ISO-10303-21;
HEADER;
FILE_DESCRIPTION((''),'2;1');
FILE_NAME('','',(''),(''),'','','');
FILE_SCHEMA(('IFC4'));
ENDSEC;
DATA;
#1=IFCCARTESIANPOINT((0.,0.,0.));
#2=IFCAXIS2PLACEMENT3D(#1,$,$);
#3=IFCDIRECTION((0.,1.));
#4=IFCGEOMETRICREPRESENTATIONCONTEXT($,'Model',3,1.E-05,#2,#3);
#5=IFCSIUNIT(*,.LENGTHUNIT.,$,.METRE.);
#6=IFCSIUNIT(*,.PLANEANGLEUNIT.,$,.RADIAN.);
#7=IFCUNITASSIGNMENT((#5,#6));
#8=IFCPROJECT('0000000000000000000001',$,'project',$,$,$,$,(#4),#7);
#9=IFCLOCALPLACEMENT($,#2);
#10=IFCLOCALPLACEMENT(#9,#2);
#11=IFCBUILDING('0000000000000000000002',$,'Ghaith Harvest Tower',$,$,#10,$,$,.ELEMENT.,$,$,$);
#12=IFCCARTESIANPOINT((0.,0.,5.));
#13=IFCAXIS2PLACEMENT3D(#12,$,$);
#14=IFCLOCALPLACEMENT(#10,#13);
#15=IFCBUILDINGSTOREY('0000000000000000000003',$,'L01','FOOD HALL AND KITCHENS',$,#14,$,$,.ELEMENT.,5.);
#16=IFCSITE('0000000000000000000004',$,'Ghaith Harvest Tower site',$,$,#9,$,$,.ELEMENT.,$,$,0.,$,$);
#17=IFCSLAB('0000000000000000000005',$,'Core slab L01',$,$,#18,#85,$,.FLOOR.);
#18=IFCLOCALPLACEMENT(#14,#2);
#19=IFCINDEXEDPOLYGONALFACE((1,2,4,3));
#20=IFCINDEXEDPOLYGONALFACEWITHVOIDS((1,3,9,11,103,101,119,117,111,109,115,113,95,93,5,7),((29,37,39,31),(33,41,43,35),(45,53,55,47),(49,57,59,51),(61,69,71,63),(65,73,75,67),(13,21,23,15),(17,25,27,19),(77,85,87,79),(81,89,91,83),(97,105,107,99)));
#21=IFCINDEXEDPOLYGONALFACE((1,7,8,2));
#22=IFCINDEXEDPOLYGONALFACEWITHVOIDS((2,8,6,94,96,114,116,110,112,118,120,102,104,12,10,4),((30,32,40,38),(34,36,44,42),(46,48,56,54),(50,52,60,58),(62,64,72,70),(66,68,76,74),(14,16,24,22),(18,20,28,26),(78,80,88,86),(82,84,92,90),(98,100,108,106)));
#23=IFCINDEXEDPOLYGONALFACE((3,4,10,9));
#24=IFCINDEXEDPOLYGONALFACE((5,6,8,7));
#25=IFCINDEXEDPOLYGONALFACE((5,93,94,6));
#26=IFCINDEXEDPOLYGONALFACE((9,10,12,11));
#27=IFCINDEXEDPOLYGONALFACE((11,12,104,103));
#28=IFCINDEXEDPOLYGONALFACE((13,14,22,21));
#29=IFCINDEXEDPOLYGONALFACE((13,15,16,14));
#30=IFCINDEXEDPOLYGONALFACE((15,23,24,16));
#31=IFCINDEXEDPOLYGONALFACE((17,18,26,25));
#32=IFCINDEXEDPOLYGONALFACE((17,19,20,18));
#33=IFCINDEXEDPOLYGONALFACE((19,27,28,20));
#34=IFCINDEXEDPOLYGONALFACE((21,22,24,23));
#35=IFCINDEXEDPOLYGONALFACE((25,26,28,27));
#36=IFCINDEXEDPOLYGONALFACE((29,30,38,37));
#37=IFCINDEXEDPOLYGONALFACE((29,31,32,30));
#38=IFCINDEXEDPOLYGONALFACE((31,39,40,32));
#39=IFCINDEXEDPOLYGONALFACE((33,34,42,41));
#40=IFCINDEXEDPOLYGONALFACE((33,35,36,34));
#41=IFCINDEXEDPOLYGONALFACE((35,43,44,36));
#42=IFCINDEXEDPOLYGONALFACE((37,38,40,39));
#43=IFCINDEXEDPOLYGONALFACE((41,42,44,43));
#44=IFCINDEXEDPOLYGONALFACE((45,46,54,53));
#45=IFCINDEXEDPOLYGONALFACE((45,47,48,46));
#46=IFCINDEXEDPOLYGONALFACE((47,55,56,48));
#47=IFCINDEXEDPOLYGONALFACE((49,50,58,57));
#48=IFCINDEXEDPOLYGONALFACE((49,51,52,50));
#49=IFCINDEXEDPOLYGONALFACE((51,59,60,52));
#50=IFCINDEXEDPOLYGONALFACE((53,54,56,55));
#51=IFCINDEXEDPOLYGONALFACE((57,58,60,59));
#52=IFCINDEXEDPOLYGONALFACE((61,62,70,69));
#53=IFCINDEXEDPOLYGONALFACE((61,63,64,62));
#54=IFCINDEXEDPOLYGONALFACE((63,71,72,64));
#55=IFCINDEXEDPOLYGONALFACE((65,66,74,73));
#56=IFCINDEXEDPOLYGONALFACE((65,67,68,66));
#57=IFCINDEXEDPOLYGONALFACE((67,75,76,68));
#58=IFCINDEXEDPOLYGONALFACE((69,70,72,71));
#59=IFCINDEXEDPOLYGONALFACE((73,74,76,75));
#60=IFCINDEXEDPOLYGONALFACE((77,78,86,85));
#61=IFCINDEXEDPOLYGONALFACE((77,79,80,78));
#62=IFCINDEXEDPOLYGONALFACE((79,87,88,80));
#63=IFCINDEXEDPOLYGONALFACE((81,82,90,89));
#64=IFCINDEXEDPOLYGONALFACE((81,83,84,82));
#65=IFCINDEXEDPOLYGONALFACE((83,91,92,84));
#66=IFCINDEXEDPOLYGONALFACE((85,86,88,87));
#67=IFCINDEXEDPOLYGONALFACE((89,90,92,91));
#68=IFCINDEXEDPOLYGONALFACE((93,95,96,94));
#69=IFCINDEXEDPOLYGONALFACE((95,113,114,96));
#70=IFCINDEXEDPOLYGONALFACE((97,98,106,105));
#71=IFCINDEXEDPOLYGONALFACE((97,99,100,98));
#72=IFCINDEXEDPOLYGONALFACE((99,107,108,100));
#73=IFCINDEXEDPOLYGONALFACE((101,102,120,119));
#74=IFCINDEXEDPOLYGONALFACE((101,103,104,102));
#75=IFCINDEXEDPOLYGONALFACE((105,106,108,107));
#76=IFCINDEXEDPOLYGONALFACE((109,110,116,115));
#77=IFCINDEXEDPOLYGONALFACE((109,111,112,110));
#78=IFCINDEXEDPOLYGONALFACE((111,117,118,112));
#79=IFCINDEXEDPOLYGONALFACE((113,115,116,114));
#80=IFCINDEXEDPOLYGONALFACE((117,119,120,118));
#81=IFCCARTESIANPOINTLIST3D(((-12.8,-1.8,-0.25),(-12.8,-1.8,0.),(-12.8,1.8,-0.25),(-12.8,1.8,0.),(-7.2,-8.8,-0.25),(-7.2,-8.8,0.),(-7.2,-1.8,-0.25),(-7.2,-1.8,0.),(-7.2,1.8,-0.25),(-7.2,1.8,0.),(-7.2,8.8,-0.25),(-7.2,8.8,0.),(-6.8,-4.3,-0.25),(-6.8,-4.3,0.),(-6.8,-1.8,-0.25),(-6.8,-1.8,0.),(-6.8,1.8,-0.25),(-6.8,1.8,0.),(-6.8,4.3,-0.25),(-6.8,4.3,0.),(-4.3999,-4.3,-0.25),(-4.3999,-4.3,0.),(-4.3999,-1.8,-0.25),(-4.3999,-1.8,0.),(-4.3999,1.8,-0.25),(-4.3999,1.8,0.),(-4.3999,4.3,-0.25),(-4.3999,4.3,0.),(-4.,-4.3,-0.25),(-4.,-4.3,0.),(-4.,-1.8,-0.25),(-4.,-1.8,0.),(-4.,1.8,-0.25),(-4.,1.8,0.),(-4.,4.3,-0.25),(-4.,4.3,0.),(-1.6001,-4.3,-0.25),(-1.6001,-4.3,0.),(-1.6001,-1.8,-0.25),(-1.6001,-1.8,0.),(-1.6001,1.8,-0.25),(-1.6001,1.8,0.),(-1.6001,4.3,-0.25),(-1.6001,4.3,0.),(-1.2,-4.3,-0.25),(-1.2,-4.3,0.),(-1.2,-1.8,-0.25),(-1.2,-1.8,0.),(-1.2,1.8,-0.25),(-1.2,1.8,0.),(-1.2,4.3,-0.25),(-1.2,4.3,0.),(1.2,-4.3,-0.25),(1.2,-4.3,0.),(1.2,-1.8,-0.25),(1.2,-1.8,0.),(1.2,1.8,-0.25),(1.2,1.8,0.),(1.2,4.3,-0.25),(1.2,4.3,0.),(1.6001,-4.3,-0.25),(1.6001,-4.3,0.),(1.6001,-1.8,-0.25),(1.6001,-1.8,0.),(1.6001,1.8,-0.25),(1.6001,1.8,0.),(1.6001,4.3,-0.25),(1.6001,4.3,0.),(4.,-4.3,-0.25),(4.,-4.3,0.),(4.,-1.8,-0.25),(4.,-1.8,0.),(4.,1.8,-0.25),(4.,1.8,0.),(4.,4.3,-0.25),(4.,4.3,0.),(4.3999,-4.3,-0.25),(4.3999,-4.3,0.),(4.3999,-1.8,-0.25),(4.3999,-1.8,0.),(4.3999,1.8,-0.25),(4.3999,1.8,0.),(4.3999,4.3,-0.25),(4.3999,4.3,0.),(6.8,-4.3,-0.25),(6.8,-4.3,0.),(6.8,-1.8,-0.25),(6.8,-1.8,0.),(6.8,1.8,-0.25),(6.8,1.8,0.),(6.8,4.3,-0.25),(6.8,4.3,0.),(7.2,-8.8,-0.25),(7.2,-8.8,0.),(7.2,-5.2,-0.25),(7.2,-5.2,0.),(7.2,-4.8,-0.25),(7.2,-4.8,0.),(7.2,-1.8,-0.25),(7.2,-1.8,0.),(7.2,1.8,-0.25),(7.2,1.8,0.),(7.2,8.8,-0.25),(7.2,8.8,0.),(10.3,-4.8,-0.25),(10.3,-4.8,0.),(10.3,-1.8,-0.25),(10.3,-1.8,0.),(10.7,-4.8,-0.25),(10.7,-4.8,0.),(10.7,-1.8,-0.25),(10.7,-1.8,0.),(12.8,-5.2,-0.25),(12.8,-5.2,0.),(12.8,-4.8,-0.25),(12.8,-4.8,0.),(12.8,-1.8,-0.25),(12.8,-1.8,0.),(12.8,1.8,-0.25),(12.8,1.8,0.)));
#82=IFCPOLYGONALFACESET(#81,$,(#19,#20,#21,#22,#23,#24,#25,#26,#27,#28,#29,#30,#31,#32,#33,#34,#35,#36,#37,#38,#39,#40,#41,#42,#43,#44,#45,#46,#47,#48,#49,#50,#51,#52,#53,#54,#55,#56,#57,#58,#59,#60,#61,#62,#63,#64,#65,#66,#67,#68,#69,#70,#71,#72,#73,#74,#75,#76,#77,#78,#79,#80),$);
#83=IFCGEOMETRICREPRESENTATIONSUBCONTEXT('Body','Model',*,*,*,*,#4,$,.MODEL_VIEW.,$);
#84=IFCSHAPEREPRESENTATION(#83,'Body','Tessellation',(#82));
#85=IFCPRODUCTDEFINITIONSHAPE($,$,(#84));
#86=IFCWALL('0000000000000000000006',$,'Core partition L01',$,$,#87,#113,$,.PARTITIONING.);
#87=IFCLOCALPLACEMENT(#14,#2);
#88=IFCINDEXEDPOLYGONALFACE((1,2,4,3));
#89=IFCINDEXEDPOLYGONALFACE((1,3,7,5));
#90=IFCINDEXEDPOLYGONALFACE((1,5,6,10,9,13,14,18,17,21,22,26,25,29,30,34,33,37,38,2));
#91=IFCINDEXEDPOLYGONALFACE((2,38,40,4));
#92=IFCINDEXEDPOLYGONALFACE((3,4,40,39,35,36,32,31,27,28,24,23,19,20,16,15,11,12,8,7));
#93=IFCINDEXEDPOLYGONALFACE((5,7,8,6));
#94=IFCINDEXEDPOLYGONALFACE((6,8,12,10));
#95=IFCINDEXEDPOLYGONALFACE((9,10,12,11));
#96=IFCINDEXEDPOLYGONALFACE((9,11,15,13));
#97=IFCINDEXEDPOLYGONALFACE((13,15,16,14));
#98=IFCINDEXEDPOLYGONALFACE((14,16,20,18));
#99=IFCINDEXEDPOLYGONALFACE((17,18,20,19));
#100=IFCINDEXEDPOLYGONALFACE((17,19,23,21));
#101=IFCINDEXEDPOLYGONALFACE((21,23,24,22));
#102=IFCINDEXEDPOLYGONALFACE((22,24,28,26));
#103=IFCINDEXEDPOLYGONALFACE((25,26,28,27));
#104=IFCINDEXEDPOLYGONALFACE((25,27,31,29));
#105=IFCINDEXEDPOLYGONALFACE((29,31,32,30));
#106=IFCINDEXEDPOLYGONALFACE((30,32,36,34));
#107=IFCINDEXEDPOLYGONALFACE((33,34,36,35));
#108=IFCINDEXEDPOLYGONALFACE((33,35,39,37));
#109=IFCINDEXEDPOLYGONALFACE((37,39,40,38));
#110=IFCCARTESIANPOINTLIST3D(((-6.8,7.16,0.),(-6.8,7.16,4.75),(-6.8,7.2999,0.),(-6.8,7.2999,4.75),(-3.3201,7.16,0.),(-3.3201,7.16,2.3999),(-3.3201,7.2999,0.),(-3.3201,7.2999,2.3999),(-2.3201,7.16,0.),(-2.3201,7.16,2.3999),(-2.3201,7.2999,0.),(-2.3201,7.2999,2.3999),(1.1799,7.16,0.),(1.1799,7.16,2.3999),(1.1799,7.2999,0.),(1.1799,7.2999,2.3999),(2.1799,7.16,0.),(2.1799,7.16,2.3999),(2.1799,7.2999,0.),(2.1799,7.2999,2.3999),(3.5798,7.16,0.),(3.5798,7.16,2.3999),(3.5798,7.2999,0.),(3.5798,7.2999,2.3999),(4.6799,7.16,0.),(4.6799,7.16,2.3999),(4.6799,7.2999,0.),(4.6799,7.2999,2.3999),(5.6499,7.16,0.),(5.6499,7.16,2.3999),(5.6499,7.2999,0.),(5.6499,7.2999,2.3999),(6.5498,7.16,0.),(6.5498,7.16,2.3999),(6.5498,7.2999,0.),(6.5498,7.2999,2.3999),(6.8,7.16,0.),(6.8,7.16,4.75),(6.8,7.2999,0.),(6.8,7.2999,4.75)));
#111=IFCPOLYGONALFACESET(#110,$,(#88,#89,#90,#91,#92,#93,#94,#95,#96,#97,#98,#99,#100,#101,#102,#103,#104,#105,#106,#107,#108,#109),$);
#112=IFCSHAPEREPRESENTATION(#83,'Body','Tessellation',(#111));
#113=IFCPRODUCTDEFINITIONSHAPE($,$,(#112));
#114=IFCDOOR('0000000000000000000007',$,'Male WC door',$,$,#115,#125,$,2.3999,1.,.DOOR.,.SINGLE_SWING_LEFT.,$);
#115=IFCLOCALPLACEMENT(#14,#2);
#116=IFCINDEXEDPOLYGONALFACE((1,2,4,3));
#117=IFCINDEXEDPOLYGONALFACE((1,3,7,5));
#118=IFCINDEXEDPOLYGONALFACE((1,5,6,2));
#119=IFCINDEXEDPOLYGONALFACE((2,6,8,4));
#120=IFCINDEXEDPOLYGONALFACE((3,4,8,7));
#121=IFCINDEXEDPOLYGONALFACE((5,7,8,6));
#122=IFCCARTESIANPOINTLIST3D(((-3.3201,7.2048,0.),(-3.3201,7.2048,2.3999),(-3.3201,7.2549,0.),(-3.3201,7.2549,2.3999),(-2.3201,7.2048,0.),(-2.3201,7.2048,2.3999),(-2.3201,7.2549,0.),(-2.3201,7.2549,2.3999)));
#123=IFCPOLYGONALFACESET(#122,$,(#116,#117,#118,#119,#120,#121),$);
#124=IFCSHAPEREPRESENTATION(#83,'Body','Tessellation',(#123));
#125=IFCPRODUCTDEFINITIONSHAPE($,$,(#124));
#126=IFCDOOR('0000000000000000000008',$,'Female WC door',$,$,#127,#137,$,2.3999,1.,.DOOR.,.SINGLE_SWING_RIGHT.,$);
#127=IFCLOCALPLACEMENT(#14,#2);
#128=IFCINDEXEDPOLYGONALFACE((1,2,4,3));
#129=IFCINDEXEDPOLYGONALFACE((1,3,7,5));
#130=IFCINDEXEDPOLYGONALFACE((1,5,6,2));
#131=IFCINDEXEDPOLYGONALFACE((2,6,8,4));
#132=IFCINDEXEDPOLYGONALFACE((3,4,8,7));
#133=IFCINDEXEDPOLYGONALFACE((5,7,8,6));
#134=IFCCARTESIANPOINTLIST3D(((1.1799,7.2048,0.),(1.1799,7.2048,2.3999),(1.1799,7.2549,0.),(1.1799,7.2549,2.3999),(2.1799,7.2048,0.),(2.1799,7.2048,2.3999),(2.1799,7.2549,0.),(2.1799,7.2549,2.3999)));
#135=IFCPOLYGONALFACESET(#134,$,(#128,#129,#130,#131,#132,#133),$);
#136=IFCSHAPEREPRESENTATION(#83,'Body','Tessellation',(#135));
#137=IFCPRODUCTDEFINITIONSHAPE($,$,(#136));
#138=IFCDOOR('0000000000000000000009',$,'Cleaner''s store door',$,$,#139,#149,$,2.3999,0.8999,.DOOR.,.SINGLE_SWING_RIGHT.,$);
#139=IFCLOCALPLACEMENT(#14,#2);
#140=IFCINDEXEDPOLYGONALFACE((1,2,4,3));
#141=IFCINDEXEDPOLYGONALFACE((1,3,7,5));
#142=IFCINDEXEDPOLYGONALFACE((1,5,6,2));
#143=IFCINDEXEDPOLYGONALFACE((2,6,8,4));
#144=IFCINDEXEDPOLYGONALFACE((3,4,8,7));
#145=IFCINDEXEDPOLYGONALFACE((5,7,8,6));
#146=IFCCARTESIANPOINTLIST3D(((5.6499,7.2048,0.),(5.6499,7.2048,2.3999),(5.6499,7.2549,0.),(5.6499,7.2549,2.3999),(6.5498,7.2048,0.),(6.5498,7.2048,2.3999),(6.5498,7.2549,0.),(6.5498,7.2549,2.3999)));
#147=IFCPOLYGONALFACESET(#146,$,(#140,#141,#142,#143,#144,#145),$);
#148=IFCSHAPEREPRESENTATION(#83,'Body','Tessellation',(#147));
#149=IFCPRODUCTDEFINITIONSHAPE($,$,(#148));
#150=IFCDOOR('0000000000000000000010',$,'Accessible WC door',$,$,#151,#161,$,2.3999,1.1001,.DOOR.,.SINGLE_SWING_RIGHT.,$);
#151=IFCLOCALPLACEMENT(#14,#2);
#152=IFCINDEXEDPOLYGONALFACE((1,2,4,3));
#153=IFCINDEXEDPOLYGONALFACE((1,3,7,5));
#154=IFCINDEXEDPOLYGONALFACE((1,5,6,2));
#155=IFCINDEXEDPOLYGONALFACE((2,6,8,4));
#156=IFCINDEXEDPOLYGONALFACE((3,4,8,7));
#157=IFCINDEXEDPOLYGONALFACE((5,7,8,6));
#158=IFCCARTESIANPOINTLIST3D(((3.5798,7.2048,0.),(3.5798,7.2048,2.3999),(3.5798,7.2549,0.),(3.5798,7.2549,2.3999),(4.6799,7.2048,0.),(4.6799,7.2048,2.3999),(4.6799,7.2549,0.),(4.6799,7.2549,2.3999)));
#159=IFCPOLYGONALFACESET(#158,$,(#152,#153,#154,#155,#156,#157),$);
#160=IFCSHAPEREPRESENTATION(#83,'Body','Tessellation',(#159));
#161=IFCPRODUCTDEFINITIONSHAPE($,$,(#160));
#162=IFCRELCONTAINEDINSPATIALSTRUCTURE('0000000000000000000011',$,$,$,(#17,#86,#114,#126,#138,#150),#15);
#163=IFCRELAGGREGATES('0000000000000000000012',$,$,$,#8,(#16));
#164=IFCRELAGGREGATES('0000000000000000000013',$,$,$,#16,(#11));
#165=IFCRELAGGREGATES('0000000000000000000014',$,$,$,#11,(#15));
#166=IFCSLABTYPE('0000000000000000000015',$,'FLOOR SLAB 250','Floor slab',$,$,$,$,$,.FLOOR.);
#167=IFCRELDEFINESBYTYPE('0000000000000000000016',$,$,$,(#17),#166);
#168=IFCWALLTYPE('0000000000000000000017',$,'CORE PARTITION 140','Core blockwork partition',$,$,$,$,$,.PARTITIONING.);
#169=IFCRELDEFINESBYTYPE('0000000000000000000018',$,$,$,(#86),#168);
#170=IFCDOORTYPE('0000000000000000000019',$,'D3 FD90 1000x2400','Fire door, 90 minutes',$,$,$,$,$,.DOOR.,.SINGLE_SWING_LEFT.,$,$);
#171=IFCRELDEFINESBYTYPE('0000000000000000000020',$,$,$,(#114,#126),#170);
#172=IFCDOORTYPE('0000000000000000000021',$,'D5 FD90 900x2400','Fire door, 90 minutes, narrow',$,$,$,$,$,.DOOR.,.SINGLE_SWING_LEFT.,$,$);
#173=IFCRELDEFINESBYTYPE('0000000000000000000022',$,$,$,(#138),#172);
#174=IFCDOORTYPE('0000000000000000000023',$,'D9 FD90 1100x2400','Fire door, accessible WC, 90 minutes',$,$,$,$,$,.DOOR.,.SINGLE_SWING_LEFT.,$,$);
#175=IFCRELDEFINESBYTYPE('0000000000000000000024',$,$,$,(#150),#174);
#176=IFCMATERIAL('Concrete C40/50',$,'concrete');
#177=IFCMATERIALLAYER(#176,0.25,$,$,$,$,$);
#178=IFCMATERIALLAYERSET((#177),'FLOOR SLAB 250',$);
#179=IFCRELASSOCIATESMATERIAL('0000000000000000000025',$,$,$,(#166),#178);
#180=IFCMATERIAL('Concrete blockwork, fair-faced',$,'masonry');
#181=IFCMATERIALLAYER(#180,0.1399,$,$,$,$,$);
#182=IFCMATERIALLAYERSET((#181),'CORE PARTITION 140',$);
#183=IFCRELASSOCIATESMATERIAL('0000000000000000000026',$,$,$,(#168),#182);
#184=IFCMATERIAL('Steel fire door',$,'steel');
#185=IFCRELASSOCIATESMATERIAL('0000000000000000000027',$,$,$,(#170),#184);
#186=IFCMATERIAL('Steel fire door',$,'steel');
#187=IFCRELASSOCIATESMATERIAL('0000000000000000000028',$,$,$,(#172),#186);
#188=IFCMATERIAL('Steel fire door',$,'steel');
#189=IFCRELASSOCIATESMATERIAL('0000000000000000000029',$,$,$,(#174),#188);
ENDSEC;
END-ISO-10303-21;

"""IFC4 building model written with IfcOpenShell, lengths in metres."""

from ifc_helpers import new_model, si_unit, direction, frame, frame_2d, origin, place, context, subcontext, project, spatial, polyline, rectangle, outline, extrude, material, layer, layer_set, type_object, element, fill, save


model = new_model("IFC4")

# Units and contexts
model_context = context("Model", 3, precision=1e-05, world=origin(), true_north=direction((0.0, 1.0)))
body_context = subcontext(model_context, "Body", "Model", "MODEL_VIEW")
ifc_project = project(units=[si_unit("LENGTHUNIT", "METRE"), si_unit("PLANEANGLEUNIT", "RADIAN")], contexts=[model_context])

# Site, building, storey
site_placement = place(None, origin())
site = spatial("IfcSite", under=ifc_project, at=site_placement, Name="Ghaith Harvest Tower site", CompositionType="ELEMENT", RefElevation=0.0)
building_placement = place(site_placement, origin())
building = spatial("IfcBuilding", under=site, at=building_placement, Name="Ghaith Harvest Tower", CompositionType="ELEMENT")
storey_placement = place(building_placement, frame((0.0, 0.0, 5.0)))
storey = spatial("IfcBuildingStorey", under=building, at=storey_placement, Name="L01", Description="FOOD HALL AND KITCHENS", CompositionType="ELEMENT", Elevation=5.0)

# Slab
ifc_material_1 = material(Name="Concrete C40/50", Category="concrete")
ifc_layer_1 = layer(ifc_material_1, 0.25)
ifc_layer_set_1 = layer_set([ifc_layer_1], Name="FLOOR SLAB 250")
slab_type_1 = type_object("IfcSlabType", Name="FLOOR SLAB 250", Description="Floor slab", PredefinedType="FLOOR", material=ifc_layer_set_1)
slab_1_placement = place(storey_placement, frame((0.0, 0.0, -0.25)))
element("IfcSlab", 1, at=slab_1_placement, inside=storey, type_object=slab_type_1, Name="Core slab L01", PredefinedType="FLOOR", context=body_context, shape_type="SweptSolid", body=[
    extrude(outline(polyline([(-12.8, 1.8), (-7.2, 1.8), (-7.2, 8.8), (7.2, 8.8), (7.2, 1.8), (12.8, 1.8), (12.8, -1.8), (10.7, -1.8), (10.7, -4.8), (12.8, -4.8), (12.8, -5.2), (7.2, -5.2), (7.2, -8.8), (-7.2, -8.8), (-7.2, -1.8), (-12.8, -1.8), (-12.8, 1.8)]), holes=[polyline([(-4.3999, -4.3), (-4.3999, -1.8), (-6.8, -1.8), (-6.8, -4.3), (-4.3999, -4.3)]), polyline([(-1.6001, -4.3), (-1.6001, -1.8), (-4.0, -1.8), (-4.0, -4.3), (-1.6001, -4.3)]), polyline([(1.2, -4.3), (1.2, -1.8), (-1.2, -1.8), (-1.2, -4.3), (1.2, -4.3)]), polyline([(-4.3999, 1.8), (-4.3999, 4.3), (-6.8, 4.3), (-6.8, 1.8), (-4.3999, 1.8)]), polyline([(-1.6001, 1.8), (-1.6001, 4.3), (-4.0, 4.3), (-4.0, 1.8), (-1.6001, 1.8)]), polyline([(1.2, 1.8), (1.2, 4.3), (-1.2, 4.3), (-1.2, 1.8), (1.2, 1.8)]), polyline([(10.3, -4.8), (10.3, -1.8), (7.2, -1.8), (7.2, -4.8), (10.3, -4.8)]), polyline([(4.0, -4.3), (4.0, -1.8), (1.6001, -1.8), (1.6001, -4.3), (4.0, -4.3)]), polyline([(6.8, -4.3), (6.8, -1.8), (4.3999, -1.8), (4.3999, -4.3), (6.8, -4.3)]), polyline([(4.0, 1.8), (4.0, 4.3), (1.6001, 4.3), (1.6001, 1.8), (4.0, 1.8)]), polyline([(6.8, 1.8), (6.8, 4.3), (4.3999, 4.3), (4.3999, 1.8), (6.8, 1.8)])]), origin(), (0.0, 0.0, 1.0), 0.25),
])

# Wall, openings, doors
ifc_material_2 = material(Name="Concrete blockwork, fair-faced", Category="masonry")
ifc_layer_2 = layer(ifc_material_2, 0.1399)
ifc_layer_set_2 = layer_set([ifc_layer_2], Name="CORE PARTITION 140")
wall_type_1 = type_object("IfcWallType", Name="CORE PARTITION 140", Description="Core blockwork partition", PredefinedType="PARTITIONING", material=ifc_layer_set_2)
wall_1_placement = place(storey_placement, frame((-6.8, 7.23, 0.0), z_axis=(0.0, 0.0, 1.0), x_axis=(1.0, 0.0, 0.0)))
wall_1 = element("IfcWall", 2, at=wall_1_placement, inside=storey, type_object=wall_type_1, Name="Core partition L01", PredefinedType="PARTITIONING", context=body_context, shape_type="SweptSolid", body=[
    extrude(rectangle(XDim=13.6001, YDim=0.1399, at=frame_2d((6.8, 0.0))), origin(), (0.0, 0.0, 1.0), 4.75),
])
opening_1_placement = place(wall_1_placement, frame((3.48, 0.0, 0.0)))
opening_1 = element("IfcOpeningElement", 3, at=opening_1_placement, cuts=wall_1, PredefinedType="OPENING", context=body_context, shape_type="SweptSolid", body=[
    extrude(rectangle(XDim=1.0, YDim=2.3999, at=frame_2d((0.5, 1.2))), frame((0.0, 0.0801, 0.0), z_axis=(0.0, -1.0, 0.0), x_axis=(1.0, 0.0, 0.0)), (0.0, 0.0, 1.0), 0.1599),
])
opening_2_placement = place(wall_1_placement, frame((7.98, 0.0, 0.0)))
opening_2 = element("IfcOpeningElement", 4, at=opening_2_placement, cuts=wall_1, PredefinedType="OPENING", context=body_context, shape_type="SweptSolid", body=[
    extrude(rectangle(XDim=1.0, YDim=2.3999, at=frame_2d((0.5, 1.2))), frame((0.0, 0.0801, 0.0), z_axis=(0.0, -1.0, 0.0), x_axis=(1.0, 0.0, 0.0)), (0.0, 0.0, 1.0), 0.1599),
])
opening_3_placement = place(wall_1_placement, frame((10.3799, 0.0, 0.0)))
opening_3 = element("IfcOpeningElement", 5, at=opening_3_placement, cuts=wall_1, PredefinedType="OPENING", context=body_context, shape_type="SweptSolid", body=[
    extrude(rectangle(XDim=1.1001, YDim=2.3999, at=frame_2d((0.55, 1.2))), frame((0.0, 0.0801, 0.0), z_axis=(0.0, -1.0, 0.0), x_axis=(1.0, 0.0, 0.0)), (0.0, 0.0, 1.0), 0.1599),
])
opening_4_placement = place(wall_1_placement, frame((12.45, 0.0, 0.0)))
opening_4 = element("IfcOpeningElement", 6, at=opening_4_placement, cuts=wall_1, PredefinedType="OPENING", context=body_context, shape_type="SweptSolid", body=[
    extrude(rectangle(XDim=0.8999, YDim=2.3999, at=frame_2d((0.45, 1.2))), frame((0.0, 0.0801, 0.0), z_axis=(0.0, -1.0, 0.0), x_axis=(1.0, 0.0, 0.0)), (0.0, 0.0, 1.0), 0.1599),
])
ifc_material_3 = material(Name="Steel fire door", Category="steel")
door_type_1 = type_object("IfcDoorType", Name="D3 FD90 1000x2400", Description="Fire door, 90 minutes", OperationType="SINGLE_SWING_LEFT", PredefinedType="DOOR", material=ifc_material_3)
door_1_placement = place(opening_1_placement, origin())
door_1 = element("IfcDoor", 7, at=door_1_placement, inside=storey, type_object=door_type_1, Name="Male WC door", OperationType="SINGLE_SWING_LEFT", OverallHeight=2.3999, OverallWidth=1.0, PredefinedType="DOOR", context=body_context, shape_type="SweptSolid", body=[
    extrude(rectangle(XDim=1.0, YDim=2.3999, at=frame_2d((0.5, 1.2))), frame((0.0, 0.0249, 0.0), z_axis=(0.0, -1.0, 0.0), x_axis=(1.0, 0.0, 0.0)), (0.0, 0.0, 1.0), 0.05),
])
fill(opening_1, door_1)
door_2_placement = place(opening_2_placement, origin())
door_2 = element("IfcDoor", 8, at=door_2_placement, inside=storey, type_object=door_type_1, Name="Female WC door", OperationType="SINGLE_SWING_RIGHT", OverallHeight=2.3999, OverallWidth=1.0, PredefinedType="DOOR", context=body_context, shape_type="SweptSolid", body=[
    extrude(rectangle(XDim=1.0, YDim=2.3999, at=frame_2d((0.5, 1.2))), frame((0.0, 0.0249, 0.0), z_axis=(0.0, -1.0, 0.0), x_axis=(1.0, 0.0, 0.0)), (0.0, 0.0, 1.0), 0.05),
])
fill(opening_2, door_2)
ifc_material_4 = material(Name="Steel fire door", Category="steel")
door_type_2 = type_object("IfcDoorType", Name="D5 FD90 900x2400", Description="Fire door, 90 minutes, narrow", OperationType="SINGLE_SWING_LEFT", PredefinedType="DOOR", material=ifc_material_4)
door_3_placement = place(opening_4_placement, origin())
door_3 = element("IfcDoor", 9, at=door_3_placement, inside=storey, type_object=door_type_2, Name="Cleaner's store door", OperationType="SINGLE_SWING_RIGHT", OverallHeight=2.3999, OverallWidth=0.8999, PredefinedType="DOOR", context=body_context, shape_type="SweptSolid", body=[
    extrude(rectangle(XDim=0.8999, YDim=2.3999, at=frame_2d((0.45, 1.2))), frame((0.0, 0.0249, 0.0), z_axis=(0.0, -1.0, 0.0), x_axis=(1.0, 0.0, 0.0)), (0.0, 0.0, 1.0), 0.05),
])
fill(opening_4, door_3)
ifc_material_5 = material(Name="Steel fire door", Category="steel")
door_type_3 = type_object("IfcDoorType", Name="D9 FD90 1100x2400", Description="Fire door, accessible WC, 90 minutes", OperationType="SINGLE_SWING_LEFT", PredefinedType="DOOR", material=ifc_material_5)
door_4_placement = place(opening_3_placement, origin())
door_4 = element("IfcDoor", 10, at=door_4_placement, inside=storey, type_object=door_type_3, Name="Accessible WC door", OperationType="SINGLE_SWING_RIGHT", OverallHeight=2.3999, OverallWidth=1.1001, PredefinedType="DOOR", context=body_context, shape_type="SweptSolid", body=[
    extrude(rectangle(XDim=1.1001, YDim=2.3999, at=frame_2d((0.55, 1.2))), frame((0.0, 0.0249, 0.0), z_axis=(0.0, -1.0, 0.0), x_axis=(1.0, 0.0, 0.0)), (0.0, 0.0, 1.0), 0.05),
])
fill(opening_3, door_4)

save(model, "model.ifc")
